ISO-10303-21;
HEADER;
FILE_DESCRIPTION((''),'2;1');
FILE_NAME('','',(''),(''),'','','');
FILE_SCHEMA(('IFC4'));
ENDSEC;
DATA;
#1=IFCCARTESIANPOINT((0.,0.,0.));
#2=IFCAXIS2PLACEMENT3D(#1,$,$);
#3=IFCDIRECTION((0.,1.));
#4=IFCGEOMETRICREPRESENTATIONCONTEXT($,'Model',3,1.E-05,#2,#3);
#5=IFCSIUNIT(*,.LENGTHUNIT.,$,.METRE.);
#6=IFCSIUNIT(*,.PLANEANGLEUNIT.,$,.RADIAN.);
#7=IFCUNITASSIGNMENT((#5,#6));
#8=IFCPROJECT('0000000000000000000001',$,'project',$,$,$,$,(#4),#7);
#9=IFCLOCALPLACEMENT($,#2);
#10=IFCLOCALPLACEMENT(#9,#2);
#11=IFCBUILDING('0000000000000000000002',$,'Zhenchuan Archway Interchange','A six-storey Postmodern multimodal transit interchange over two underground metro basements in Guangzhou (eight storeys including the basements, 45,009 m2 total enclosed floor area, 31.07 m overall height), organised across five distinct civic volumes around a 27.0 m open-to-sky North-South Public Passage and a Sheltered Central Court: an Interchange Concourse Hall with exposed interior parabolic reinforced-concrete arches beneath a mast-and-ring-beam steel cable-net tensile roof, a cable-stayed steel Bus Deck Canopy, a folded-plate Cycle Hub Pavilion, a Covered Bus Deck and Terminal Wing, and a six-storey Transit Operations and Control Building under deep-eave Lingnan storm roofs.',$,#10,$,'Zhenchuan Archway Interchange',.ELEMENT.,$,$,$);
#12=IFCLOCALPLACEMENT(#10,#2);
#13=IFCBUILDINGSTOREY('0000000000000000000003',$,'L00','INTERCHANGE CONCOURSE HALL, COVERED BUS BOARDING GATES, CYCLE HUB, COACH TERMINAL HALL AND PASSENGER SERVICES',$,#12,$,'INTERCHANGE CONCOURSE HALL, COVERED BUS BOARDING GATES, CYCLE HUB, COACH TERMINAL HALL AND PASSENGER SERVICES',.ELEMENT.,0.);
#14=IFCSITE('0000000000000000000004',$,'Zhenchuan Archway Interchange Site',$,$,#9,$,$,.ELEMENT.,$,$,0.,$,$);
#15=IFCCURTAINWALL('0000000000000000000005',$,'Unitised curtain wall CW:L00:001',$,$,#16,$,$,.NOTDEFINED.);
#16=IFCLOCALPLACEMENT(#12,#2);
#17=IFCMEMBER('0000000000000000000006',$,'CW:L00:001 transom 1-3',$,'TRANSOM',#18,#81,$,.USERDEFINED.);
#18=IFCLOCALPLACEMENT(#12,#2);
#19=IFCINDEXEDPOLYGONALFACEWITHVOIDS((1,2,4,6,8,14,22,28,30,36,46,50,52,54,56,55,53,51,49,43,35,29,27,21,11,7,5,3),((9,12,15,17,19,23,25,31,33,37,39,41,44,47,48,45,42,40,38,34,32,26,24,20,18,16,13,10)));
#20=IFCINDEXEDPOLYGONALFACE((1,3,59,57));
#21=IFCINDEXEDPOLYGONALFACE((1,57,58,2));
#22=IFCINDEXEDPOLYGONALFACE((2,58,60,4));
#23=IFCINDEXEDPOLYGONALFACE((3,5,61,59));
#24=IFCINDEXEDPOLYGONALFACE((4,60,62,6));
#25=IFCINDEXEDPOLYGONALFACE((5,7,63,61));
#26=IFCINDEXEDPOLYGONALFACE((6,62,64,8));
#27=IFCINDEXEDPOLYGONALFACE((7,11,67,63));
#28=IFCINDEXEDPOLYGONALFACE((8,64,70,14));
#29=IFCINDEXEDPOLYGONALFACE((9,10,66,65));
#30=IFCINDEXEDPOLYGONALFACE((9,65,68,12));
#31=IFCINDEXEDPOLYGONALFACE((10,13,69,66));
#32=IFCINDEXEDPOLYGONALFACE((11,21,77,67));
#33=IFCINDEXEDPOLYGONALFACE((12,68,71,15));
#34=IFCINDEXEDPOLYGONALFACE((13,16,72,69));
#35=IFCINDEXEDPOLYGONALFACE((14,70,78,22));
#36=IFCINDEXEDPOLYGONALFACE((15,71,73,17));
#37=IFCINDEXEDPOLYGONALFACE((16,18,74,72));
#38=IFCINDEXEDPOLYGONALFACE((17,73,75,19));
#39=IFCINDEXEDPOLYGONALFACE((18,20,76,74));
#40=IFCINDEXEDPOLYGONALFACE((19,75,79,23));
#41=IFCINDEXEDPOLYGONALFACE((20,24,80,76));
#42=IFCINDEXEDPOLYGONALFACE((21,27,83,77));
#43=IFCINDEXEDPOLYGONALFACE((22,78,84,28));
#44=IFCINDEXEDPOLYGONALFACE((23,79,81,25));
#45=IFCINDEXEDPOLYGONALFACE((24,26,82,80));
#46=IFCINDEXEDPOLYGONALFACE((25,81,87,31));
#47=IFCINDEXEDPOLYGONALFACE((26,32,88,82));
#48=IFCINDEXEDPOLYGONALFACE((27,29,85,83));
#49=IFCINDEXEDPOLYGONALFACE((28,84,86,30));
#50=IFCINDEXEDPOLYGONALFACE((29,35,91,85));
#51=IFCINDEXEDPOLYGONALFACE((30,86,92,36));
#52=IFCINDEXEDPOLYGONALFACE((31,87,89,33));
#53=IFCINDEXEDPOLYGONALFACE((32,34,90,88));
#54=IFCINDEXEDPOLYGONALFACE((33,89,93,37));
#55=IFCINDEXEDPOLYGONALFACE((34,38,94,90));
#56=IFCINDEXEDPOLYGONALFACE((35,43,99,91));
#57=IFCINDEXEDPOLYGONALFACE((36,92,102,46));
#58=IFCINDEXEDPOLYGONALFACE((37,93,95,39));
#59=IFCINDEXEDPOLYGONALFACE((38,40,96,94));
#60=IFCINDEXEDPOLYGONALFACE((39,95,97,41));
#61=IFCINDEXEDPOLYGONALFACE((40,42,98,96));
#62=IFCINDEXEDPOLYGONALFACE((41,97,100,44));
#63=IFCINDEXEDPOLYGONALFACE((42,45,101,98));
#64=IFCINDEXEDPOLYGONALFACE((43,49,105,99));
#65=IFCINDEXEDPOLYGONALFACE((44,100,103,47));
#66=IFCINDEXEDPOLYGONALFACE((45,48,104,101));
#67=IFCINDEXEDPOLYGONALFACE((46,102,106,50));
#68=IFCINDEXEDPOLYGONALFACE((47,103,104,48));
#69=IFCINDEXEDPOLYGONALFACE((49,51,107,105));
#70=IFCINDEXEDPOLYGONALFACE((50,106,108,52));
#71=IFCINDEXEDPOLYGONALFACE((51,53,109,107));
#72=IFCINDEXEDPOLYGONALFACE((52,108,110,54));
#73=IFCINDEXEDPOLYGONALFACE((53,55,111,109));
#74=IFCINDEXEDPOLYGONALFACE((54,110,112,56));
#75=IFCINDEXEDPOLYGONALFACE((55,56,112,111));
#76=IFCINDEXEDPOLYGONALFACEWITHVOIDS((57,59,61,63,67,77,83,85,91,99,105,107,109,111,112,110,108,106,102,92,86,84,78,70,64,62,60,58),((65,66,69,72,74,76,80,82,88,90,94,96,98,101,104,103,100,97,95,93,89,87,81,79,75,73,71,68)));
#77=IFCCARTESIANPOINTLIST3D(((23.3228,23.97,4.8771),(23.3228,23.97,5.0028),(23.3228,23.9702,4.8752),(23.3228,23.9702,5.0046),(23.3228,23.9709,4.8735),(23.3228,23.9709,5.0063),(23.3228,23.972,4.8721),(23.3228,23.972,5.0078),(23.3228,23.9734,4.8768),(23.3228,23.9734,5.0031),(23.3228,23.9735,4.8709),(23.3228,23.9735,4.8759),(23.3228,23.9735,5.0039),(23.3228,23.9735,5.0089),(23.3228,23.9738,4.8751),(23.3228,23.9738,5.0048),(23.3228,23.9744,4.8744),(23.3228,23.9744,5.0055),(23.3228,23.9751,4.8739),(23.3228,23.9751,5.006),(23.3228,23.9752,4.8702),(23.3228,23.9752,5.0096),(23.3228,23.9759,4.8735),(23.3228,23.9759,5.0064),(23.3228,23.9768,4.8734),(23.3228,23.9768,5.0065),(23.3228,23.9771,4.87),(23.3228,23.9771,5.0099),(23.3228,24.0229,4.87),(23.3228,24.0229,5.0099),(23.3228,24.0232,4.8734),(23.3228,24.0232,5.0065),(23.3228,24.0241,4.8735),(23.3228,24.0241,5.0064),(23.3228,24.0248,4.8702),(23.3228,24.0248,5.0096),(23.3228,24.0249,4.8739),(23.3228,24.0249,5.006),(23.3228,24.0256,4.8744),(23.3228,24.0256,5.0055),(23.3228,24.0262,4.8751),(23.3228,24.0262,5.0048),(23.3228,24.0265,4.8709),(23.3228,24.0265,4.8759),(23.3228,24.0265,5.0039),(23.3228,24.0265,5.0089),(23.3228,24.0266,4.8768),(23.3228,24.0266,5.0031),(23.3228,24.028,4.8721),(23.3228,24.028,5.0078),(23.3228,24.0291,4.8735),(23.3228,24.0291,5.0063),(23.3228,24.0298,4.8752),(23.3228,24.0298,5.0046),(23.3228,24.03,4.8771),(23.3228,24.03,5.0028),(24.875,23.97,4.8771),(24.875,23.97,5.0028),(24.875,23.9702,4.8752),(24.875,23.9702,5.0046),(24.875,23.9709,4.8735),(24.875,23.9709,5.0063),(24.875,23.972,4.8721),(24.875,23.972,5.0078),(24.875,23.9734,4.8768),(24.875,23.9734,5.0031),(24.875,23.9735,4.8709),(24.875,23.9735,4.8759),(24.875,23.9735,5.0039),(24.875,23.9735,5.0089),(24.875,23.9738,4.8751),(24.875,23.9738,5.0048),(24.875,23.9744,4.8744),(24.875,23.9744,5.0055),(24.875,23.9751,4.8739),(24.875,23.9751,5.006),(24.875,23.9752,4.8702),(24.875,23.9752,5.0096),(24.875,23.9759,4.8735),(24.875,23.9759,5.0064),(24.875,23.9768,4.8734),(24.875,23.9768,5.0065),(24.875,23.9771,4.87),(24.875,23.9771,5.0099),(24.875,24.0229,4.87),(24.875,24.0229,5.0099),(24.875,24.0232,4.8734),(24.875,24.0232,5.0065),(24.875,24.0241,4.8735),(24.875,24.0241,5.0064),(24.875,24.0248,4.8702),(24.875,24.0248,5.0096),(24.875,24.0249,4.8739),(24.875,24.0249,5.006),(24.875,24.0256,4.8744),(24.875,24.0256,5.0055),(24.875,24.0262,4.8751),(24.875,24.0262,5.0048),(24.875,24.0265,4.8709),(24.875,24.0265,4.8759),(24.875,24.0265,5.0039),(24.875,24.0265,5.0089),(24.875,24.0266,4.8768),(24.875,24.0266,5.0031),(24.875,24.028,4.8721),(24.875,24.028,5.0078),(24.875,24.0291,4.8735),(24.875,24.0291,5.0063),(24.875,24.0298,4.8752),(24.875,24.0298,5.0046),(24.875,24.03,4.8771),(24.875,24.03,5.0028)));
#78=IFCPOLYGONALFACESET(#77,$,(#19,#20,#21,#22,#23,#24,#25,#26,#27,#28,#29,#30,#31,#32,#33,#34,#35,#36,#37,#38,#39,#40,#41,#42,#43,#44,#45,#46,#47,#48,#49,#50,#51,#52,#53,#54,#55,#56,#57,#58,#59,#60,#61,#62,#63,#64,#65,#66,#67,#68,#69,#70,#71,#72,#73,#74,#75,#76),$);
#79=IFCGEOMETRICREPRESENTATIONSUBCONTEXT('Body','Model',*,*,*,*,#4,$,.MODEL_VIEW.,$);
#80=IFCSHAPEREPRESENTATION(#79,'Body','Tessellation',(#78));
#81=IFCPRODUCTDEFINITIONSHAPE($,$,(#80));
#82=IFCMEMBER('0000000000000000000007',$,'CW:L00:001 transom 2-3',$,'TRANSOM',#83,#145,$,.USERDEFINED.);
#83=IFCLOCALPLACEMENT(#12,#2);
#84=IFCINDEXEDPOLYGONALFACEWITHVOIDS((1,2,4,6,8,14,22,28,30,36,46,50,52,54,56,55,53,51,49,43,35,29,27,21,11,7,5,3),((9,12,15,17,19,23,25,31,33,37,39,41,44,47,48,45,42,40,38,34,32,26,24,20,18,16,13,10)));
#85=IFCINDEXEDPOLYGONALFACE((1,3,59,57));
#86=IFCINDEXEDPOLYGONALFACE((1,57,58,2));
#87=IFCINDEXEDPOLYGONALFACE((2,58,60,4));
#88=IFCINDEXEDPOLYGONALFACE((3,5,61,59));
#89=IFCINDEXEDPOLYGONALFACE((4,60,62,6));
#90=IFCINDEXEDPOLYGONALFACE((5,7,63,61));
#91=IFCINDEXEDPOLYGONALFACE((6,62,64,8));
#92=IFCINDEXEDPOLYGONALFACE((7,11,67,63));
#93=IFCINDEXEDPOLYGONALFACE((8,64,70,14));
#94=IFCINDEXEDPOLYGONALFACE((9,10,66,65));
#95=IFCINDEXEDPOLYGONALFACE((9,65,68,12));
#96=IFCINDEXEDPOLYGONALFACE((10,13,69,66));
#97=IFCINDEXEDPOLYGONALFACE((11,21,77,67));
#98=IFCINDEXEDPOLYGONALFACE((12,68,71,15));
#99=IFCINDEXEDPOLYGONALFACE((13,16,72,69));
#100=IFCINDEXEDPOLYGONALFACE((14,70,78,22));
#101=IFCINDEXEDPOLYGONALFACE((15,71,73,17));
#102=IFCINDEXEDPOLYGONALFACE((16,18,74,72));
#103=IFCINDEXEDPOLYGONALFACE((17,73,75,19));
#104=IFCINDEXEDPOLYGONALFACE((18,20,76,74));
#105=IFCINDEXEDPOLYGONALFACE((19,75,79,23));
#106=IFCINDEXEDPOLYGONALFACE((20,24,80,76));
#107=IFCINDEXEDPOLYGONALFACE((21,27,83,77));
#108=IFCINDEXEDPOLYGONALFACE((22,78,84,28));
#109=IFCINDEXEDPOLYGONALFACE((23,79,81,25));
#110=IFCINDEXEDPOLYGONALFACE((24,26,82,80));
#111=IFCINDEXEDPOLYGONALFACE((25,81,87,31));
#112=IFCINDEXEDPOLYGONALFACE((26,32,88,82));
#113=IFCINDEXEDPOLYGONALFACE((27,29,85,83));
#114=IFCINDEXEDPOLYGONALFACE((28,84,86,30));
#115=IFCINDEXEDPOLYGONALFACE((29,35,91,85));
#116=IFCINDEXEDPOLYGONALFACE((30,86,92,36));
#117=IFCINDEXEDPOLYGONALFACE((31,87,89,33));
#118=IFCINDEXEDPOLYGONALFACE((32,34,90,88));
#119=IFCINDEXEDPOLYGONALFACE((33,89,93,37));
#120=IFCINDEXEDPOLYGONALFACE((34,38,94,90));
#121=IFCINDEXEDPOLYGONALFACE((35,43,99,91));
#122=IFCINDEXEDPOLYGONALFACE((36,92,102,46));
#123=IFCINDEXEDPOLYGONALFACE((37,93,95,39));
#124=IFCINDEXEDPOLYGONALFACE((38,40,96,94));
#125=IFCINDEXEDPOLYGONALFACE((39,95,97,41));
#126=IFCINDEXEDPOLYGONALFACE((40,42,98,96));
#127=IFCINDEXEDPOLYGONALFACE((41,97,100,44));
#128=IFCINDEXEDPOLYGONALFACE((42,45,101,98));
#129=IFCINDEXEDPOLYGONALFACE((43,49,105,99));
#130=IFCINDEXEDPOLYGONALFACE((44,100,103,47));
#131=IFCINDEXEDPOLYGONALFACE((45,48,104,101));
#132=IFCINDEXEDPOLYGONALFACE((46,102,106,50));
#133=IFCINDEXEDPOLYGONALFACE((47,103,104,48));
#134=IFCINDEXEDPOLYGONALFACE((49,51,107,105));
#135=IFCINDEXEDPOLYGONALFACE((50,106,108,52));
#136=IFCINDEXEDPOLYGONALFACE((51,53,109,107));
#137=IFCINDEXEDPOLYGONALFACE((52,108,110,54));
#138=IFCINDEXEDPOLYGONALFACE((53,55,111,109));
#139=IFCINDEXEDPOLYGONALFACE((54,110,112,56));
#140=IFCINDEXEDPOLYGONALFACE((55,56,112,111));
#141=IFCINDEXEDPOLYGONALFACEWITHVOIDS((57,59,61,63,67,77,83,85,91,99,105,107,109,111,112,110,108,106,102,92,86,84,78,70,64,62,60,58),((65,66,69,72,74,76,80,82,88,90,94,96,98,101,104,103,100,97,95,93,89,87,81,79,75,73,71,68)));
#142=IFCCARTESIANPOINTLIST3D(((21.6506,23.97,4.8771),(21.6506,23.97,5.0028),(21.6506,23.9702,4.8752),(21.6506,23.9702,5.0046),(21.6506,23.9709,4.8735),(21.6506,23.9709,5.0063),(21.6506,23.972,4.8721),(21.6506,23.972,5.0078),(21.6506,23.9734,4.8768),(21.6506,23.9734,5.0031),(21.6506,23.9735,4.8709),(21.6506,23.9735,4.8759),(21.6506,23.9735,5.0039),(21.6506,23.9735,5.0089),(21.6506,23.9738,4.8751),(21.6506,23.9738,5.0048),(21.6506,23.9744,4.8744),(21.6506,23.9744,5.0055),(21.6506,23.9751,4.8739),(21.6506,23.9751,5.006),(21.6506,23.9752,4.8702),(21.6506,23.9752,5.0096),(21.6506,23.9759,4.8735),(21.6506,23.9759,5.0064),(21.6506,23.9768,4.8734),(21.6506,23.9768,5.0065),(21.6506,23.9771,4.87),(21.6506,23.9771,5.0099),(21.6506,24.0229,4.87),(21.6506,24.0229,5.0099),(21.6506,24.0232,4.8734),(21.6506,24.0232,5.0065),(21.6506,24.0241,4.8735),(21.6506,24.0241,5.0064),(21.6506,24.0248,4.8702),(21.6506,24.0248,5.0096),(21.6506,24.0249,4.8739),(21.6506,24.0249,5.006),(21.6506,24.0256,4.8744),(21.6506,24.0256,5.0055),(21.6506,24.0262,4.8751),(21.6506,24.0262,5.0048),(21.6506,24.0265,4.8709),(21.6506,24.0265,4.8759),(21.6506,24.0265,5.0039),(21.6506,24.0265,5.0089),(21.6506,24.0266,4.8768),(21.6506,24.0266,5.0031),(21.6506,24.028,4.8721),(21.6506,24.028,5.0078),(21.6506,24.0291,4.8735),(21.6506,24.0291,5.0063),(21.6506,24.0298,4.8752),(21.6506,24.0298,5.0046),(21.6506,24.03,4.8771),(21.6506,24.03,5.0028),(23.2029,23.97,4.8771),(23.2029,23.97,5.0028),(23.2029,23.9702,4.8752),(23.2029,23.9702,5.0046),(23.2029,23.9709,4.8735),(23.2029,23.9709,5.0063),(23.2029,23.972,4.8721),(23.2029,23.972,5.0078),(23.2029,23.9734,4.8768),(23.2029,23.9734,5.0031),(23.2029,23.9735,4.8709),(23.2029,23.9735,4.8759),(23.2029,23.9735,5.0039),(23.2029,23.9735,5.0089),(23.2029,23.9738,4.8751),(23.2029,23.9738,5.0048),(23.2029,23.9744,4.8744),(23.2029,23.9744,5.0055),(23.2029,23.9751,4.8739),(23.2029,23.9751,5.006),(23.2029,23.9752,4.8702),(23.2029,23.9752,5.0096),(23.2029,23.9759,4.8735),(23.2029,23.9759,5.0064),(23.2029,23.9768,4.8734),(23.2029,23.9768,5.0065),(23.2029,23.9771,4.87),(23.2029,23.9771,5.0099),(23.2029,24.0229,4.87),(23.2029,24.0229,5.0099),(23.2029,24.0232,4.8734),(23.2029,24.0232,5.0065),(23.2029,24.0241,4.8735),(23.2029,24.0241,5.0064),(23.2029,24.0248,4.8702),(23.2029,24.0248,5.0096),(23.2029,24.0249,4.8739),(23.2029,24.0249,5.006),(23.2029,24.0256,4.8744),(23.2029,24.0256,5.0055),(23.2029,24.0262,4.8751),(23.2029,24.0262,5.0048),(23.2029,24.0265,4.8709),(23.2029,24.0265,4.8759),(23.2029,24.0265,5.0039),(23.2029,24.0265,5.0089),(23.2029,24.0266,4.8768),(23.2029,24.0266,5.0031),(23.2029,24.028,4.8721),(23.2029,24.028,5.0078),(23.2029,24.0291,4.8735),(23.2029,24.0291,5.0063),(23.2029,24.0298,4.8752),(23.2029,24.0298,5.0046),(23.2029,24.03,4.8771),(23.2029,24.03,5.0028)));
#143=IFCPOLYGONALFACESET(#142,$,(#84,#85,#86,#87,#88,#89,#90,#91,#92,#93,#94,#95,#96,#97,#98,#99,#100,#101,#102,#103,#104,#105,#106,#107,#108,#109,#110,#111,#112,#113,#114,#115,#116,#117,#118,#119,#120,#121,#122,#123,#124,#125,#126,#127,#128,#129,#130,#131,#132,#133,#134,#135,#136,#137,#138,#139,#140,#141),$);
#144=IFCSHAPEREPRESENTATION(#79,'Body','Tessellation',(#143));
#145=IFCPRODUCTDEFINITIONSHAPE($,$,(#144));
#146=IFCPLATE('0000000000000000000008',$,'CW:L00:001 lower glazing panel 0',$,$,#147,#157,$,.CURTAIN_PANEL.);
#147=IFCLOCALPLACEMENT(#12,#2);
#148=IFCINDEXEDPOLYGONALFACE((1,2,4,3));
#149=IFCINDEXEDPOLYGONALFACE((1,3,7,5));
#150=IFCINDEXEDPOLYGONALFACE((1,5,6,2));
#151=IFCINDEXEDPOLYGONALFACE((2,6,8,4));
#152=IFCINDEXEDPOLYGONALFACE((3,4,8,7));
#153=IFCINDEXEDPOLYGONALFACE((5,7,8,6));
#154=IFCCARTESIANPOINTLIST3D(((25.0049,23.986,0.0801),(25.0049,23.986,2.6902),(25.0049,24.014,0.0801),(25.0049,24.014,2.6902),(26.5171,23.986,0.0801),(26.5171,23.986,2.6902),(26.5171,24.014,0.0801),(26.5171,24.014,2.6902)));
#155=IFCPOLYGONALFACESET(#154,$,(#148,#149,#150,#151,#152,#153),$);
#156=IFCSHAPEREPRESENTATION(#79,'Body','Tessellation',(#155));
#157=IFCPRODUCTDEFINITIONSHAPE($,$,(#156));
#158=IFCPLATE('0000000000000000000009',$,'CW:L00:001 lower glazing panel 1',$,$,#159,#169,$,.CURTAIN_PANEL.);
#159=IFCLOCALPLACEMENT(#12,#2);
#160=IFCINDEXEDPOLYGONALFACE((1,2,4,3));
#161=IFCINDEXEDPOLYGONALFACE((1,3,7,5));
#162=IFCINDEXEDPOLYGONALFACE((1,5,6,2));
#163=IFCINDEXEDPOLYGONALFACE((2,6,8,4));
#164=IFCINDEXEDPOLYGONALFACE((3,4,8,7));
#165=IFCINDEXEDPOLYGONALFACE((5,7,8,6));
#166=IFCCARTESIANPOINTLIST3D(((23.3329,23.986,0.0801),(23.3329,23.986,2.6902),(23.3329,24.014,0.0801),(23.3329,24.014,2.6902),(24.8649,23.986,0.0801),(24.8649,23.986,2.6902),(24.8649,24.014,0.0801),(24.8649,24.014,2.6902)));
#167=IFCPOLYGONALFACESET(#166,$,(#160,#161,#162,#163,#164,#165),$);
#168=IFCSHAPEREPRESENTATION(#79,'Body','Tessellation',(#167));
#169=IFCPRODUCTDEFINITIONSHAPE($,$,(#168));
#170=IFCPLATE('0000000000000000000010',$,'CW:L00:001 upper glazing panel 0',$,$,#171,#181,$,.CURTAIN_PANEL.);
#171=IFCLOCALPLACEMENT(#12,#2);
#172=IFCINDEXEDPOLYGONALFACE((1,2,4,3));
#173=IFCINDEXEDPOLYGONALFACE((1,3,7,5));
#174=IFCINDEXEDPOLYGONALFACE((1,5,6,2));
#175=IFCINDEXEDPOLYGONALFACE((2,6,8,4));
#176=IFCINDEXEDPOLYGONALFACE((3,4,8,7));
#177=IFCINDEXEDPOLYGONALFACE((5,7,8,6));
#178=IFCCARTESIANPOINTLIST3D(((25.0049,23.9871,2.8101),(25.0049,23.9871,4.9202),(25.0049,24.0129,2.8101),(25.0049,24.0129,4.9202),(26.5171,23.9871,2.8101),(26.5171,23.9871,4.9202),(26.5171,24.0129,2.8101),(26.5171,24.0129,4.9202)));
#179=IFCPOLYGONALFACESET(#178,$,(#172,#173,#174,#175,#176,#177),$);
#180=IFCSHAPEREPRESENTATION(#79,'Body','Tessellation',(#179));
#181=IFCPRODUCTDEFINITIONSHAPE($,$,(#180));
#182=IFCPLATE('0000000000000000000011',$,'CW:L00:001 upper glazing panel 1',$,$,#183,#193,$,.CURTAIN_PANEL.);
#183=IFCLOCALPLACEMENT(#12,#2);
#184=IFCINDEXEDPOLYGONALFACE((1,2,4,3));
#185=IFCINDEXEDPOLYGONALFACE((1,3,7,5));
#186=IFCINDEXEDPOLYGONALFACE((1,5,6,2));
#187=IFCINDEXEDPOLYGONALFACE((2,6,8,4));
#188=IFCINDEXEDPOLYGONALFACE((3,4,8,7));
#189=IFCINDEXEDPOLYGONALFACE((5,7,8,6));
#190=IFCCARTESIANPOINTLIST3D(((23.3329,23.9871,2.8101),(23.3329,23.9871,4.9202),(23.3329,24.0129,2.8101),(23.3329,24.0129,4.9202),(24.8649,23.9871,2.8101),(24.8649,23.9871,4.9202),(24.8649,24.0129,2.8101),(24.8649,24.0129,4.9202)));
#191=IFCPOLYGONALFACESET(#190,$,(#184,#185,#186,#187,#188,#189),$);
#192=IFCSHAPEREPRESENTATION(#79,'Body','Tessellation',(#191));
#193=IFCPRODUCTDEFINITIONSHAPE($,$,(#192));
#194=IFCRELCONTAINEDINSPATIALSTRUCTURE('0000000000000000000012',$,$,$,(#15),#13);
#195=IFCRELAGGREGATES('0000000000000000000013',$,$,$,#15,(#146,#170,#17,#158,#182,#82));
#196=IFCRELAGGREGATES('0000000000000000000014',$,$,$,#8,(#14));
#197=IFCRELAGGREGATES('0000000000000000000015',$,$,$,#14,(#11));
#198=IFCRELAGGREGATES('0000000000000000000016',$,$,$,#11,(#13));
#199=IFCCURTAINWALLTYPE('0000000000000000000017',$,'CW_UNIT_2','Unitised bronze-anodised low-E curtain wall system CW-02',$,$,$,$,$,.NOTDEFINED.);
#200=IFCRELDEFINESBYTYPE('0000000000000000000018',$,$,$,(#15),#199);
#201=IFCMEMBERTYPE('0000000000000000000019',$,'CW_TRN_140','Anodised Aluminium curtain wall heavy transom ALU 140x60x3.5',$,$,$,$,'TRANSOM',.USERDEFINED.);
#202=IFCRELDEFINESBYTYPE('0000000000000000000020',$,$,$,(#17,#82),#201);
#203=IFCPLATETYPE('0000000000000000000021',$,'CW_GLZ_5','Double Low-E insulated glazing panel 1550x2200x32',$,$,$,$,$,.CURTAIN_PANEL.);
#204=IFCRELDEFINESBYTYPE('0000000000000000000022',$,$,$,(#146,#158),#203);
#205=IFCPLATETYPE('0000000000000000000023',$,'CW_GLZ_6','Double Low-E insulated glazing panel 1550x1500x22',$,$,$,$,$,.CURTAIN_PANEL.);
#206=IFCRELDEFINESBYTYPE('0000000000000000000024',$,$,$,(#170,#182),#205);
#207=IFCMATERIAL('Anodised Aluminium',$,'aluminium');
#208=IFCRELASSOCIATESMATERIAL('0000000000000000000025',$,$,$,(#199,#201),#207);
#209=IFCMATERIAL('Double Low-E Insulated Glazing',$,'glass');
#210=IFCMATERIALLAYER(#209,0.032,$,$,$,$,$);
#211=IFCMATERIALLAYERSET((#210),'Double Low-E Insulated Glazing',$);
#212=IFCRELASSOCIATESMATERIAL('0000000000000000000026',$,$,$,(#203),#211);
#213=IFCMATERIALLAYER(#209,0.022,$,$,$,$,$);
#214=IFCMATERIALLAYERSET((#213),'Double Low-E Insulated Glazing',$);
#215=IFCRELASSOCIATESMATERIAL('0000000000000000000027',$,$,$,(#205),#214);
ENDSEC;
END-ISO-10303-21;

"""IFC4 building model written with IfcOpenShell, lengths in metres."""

from ifc_helpers import new_model, si_unit, direction, frame, origin, origin_2d, place, context, subcontext, project, spatial, rectangle, hollow_rectangle, extrude, material, layer, layer_set, material_profile, profile_set, type_object, element, aggregate, save


model = new_model("IFC4")

# Units and contexts
model_context = context("Model", 3, precision=1e-05, world=origin(), true_north=direction((0.0, 1.0)))
body_context = subcontext(model_context, "Body", "Model", "MODEL_VIEW")
ifc_project = project(units=[si_unit("LENGTHUNIT", "METRE"), si_unit("PLANEANGLEUNIT", "RADIAN")], contexts=[model_context])

# Site, building, storey
site_placement = place(None, origin())
site = spatial("IfcSite", under=ifc_project, at=site_placement, Name="Zhenchuan Archway Interchange Site", CompositionType="ELEMENT", RefElevation=0.0)
building_placement = place(site_placement, origin())
building = spatial("IfcBuilding", under=site, at=building_placement, Name="Zhenchuan Archway Interchange", Description="A six-storey Postmodern multimodal transit interchange over two underground metro basements in Guangzhou (eight storeys including the basements, 45,009 m2 total enclosed floor area, 31.07 m overall height), organised across five distinct civic volumes around a 27.0 m open-to-sky North-South Public Passage and a Sheltered Central Court: an Interchange Concourse Hall with exposed interior parabolic reinforced-concrete arches beneath a mast-and-ring-beam steel cable-net tensile roof, a cable-stayed steel Bus Deck Canopy, a folded-plate Cycle Hub Pavilion, a Covered Bus Deck and Terminal Wing, and a six-storey Transit Operations and Control Building under deep-eave Lingnan storm roofs.", LongName="Zhenchuan Archway Interchange", CompositionType="ELEMENT")
storey_placement = place(building_placement, origin())
storey = spatial("IfcBuildingStorey", under=building, at=storey_placement, Name="L00", Description="INTERCHANGE CONCOURSE HALL, COVERED BUS BOARDING GATES, CYCLE HUB, COACH TERMINAL HALL AND PASSENGER SERVICES", LongName="INTERCHANGE CONCOURSE HALL, COVERED BUS BOARDING GATES, CYCLE HUB, COACH TERMINAL HALL AND PASSENGER SERVICES", CompositionType="ELEMENT", Elevation=0.0)

# Curtain wall, members, plates
ifc_material_1 = material(Name="Anodised Aluminium", Category="aluminium")
curtain_wall_type = type_object("IfcCurtainWallType", Name="CW_UNIT_2", Description="Unitised bronze-anodised low-E curtain wall system CW-02", PredefinedType="NOTDEFINED", material=ifc_material_1)
curtain_wall_placement = place(storey_placement, origin())
curtain_wall = element("IfcCurtainWall", 1, at=curtain_wall_placement, inside=storey, type_object=curtain_wall_type, Name="Unitised curtain wall CW:L00:001", PredefinedType="NOTDEFINED")
ifc_material_profile_1 = material_profile(ifc_material_1, hollow_rectangle(XDim=0.0601, YDim=0.1399, WallThickness=0.0034, InnerFilletRadius=0.0034, OuterFilletRadius=0.0071, at=origin_2d()), Name="ALU 140x60x3.5")
ifc_profile_set_1 = profile_set([ifc_material_profile_1], Name="Anodised Aluminium")
member_type_1 = type_object("IfcMemberType", Name="CW_TRN_140", Description="Anodised Aluminium curtain wall heavy transom ALU 140x60x3.5", ElementType="TRANSOM", PredefinedType="USERDEFINED", material=ifc_profile_set_1)
member_1_placement = place(storey_placement, frame((24.875, 24.0, 4.9399), z_axis=(-1.0, 0.0, 0.0), x_axis=(0.0, -1.0, 0.0)))
member_1 = element("IfcMember", 2, at=member_1_placement, type_object=member_type_1, Name="CW:L00:001 transom 1-3", ObjectType="TRANSOM", PredefinedType="USERDEFINED", context=body_context, shape_type="SweptSolid", body=[
    extrude(hollow_rectangle(XDim=0.0601, YDim=0.1399, WallThickness=0.0034, InnerFilletRadius=0.0034, OuterFilletRadius=0.0071, at=origin_2d()), origin(), (0.0, 0.0, 1.0), 1.5522),
])
member_2_placement = place(storey_placement, frame((23.2029, 24.0, 4.9399), z_axis=(-1.0, 0.0, 0.0), x_axis=(0.0, -1.0, 0.0)))
member_2 = element("IfcMember", 3, at=member_2_placement, type_object=member_type_1, Name="CW:L00:001 transom 2-3", ObjectType="TRANSOM", PredefinedType="USERDEFINED", context=body_context, shape_type="SweptSolid", body=[
    extrude(hollow_rectangle(XDim=0.0601, YDim=0.1399, WallThickness=0.0034, InnerFilletRadius=0.0034, OuterFilletRadius=0.0071, at=origin_2d()), origin(), (0.0, 0.0, 1.0), 1.5522),
])
ifc_material_2 = material(Name="Double Low-E Insulated Glazing", Category="glass")
ifc_layer_1 = layer(ifc_material_2, 0.032)
ifc_layer_set_1 = layer_set([ifc_layer_1], Name="Double Low-E Insulated Glazing")
plate_type_1 = type_object("IfcPlateType", Name="CW_GLZ_5", Description="Double Low-E insulated glazing panel 1550x2200x32", PredefinedType="CURTAIN_PANEL", material=ifc_layer_set_1)
plate_1_placement = place(storey_placement, frame((25.761, 24.0, 0.0801), z_axis=(0.0, 0.0, 1.0), x_axis=(-1.0, 0.0, 0.0)))
plate_1 = element("IfcPlate", 4, at=plate_1_placement, type_object=plate_type_1, Name="CW:L00:001 lower glazing panel 0", PredefinedType="CURTAIN_PANEL", context=body_context, shape_type="SweptSolid", body=[
    extrude(rectangle(XDim=1.5122, YDim=0.0281, at=origin_2d()), origin(), (0.0, 0.0, 1.0), 2.6101),
])
plate_2_placement = place(storey_placement, frame((24.0989, 24.0, 0.0801), z_axis=(0.0, 0.0, 1.0), x_axis=(-1.0, 0.0, 0.0)))
plate_2 = element("IfcPlate", 5, at=plate_2_placement, type_object=plate_type_1, Name="CW:L00:001 lower glazing panel 1", PredefinedType="CURTAIN_PANEL", context=body_context, shape_type="SweptSolid", body=[
    extrude(rectangle(XDim=1.532, YDim=0.0281, at=origin_2d()), origin(), (0.0, 0.0, 1.0), 2.6101),
])
ifc_layer_2 = layer(ifc_material_2, 0.022)
ifc_layer_set_2 = layer_set([ifc_layer_2], Name="Double Low-E Insulated Glazing")
plate_type_2 = type_object("IfcPlateType", Name="CW_GLZ_6", Description="Double Low-E insulated glazing panel 1550x1500x22", PredefinedType="CURTAIN_PANEL", material=ifc_layer_set_2)
plate_3_placement = place(storey_placement, frame((25.761, 24.0, 2.8101), z_axis=(0.0, 0.0, 1.0), x_axis=(-1.0, 0.0, 0.0)))
plate_3 = element("IfcPlate", 6, at=plate_3_placement, type_object=plate_type_2, Name="CW:L00:001 upper glazing panel 0", PredefinedType="CURTAIN_PANEL", context=body_context, shape_type="SweptSolid", body=[
    extrude(rectangle(XDim=1.5122, YDim=0.0259, at=origin_2d()), origin(), (0.0, 0.0, 1.0), 2.1101),
])
plate_4_placement = place(storey_placement, frame((24.0989, 24.0, 2.8101), z_axis=(0.0, 0.0, 1.0), x_axis=(-1.0, 0.0, 0.0)))
plate_4 = element("IfcPlate", 7, at=plate_4_placement, type_object=plate_type_2, Name="CW:L00:001 upper glazing panel 1", PredefinedType="CURTAIN_PANEL", context=body_context, shape_type="SweptSolid", body=[
    extrude(rectangle(XDim=1.532, YDim=0.0259, at=origin_2d()), origin(), (0.0, 0.0, 1.0), 2.1101),
])
aggregate(curtain_wall, [plate_1, plate_3, member_1, plate_2, plate_4, member_2])

save(model, "model.ifc")
